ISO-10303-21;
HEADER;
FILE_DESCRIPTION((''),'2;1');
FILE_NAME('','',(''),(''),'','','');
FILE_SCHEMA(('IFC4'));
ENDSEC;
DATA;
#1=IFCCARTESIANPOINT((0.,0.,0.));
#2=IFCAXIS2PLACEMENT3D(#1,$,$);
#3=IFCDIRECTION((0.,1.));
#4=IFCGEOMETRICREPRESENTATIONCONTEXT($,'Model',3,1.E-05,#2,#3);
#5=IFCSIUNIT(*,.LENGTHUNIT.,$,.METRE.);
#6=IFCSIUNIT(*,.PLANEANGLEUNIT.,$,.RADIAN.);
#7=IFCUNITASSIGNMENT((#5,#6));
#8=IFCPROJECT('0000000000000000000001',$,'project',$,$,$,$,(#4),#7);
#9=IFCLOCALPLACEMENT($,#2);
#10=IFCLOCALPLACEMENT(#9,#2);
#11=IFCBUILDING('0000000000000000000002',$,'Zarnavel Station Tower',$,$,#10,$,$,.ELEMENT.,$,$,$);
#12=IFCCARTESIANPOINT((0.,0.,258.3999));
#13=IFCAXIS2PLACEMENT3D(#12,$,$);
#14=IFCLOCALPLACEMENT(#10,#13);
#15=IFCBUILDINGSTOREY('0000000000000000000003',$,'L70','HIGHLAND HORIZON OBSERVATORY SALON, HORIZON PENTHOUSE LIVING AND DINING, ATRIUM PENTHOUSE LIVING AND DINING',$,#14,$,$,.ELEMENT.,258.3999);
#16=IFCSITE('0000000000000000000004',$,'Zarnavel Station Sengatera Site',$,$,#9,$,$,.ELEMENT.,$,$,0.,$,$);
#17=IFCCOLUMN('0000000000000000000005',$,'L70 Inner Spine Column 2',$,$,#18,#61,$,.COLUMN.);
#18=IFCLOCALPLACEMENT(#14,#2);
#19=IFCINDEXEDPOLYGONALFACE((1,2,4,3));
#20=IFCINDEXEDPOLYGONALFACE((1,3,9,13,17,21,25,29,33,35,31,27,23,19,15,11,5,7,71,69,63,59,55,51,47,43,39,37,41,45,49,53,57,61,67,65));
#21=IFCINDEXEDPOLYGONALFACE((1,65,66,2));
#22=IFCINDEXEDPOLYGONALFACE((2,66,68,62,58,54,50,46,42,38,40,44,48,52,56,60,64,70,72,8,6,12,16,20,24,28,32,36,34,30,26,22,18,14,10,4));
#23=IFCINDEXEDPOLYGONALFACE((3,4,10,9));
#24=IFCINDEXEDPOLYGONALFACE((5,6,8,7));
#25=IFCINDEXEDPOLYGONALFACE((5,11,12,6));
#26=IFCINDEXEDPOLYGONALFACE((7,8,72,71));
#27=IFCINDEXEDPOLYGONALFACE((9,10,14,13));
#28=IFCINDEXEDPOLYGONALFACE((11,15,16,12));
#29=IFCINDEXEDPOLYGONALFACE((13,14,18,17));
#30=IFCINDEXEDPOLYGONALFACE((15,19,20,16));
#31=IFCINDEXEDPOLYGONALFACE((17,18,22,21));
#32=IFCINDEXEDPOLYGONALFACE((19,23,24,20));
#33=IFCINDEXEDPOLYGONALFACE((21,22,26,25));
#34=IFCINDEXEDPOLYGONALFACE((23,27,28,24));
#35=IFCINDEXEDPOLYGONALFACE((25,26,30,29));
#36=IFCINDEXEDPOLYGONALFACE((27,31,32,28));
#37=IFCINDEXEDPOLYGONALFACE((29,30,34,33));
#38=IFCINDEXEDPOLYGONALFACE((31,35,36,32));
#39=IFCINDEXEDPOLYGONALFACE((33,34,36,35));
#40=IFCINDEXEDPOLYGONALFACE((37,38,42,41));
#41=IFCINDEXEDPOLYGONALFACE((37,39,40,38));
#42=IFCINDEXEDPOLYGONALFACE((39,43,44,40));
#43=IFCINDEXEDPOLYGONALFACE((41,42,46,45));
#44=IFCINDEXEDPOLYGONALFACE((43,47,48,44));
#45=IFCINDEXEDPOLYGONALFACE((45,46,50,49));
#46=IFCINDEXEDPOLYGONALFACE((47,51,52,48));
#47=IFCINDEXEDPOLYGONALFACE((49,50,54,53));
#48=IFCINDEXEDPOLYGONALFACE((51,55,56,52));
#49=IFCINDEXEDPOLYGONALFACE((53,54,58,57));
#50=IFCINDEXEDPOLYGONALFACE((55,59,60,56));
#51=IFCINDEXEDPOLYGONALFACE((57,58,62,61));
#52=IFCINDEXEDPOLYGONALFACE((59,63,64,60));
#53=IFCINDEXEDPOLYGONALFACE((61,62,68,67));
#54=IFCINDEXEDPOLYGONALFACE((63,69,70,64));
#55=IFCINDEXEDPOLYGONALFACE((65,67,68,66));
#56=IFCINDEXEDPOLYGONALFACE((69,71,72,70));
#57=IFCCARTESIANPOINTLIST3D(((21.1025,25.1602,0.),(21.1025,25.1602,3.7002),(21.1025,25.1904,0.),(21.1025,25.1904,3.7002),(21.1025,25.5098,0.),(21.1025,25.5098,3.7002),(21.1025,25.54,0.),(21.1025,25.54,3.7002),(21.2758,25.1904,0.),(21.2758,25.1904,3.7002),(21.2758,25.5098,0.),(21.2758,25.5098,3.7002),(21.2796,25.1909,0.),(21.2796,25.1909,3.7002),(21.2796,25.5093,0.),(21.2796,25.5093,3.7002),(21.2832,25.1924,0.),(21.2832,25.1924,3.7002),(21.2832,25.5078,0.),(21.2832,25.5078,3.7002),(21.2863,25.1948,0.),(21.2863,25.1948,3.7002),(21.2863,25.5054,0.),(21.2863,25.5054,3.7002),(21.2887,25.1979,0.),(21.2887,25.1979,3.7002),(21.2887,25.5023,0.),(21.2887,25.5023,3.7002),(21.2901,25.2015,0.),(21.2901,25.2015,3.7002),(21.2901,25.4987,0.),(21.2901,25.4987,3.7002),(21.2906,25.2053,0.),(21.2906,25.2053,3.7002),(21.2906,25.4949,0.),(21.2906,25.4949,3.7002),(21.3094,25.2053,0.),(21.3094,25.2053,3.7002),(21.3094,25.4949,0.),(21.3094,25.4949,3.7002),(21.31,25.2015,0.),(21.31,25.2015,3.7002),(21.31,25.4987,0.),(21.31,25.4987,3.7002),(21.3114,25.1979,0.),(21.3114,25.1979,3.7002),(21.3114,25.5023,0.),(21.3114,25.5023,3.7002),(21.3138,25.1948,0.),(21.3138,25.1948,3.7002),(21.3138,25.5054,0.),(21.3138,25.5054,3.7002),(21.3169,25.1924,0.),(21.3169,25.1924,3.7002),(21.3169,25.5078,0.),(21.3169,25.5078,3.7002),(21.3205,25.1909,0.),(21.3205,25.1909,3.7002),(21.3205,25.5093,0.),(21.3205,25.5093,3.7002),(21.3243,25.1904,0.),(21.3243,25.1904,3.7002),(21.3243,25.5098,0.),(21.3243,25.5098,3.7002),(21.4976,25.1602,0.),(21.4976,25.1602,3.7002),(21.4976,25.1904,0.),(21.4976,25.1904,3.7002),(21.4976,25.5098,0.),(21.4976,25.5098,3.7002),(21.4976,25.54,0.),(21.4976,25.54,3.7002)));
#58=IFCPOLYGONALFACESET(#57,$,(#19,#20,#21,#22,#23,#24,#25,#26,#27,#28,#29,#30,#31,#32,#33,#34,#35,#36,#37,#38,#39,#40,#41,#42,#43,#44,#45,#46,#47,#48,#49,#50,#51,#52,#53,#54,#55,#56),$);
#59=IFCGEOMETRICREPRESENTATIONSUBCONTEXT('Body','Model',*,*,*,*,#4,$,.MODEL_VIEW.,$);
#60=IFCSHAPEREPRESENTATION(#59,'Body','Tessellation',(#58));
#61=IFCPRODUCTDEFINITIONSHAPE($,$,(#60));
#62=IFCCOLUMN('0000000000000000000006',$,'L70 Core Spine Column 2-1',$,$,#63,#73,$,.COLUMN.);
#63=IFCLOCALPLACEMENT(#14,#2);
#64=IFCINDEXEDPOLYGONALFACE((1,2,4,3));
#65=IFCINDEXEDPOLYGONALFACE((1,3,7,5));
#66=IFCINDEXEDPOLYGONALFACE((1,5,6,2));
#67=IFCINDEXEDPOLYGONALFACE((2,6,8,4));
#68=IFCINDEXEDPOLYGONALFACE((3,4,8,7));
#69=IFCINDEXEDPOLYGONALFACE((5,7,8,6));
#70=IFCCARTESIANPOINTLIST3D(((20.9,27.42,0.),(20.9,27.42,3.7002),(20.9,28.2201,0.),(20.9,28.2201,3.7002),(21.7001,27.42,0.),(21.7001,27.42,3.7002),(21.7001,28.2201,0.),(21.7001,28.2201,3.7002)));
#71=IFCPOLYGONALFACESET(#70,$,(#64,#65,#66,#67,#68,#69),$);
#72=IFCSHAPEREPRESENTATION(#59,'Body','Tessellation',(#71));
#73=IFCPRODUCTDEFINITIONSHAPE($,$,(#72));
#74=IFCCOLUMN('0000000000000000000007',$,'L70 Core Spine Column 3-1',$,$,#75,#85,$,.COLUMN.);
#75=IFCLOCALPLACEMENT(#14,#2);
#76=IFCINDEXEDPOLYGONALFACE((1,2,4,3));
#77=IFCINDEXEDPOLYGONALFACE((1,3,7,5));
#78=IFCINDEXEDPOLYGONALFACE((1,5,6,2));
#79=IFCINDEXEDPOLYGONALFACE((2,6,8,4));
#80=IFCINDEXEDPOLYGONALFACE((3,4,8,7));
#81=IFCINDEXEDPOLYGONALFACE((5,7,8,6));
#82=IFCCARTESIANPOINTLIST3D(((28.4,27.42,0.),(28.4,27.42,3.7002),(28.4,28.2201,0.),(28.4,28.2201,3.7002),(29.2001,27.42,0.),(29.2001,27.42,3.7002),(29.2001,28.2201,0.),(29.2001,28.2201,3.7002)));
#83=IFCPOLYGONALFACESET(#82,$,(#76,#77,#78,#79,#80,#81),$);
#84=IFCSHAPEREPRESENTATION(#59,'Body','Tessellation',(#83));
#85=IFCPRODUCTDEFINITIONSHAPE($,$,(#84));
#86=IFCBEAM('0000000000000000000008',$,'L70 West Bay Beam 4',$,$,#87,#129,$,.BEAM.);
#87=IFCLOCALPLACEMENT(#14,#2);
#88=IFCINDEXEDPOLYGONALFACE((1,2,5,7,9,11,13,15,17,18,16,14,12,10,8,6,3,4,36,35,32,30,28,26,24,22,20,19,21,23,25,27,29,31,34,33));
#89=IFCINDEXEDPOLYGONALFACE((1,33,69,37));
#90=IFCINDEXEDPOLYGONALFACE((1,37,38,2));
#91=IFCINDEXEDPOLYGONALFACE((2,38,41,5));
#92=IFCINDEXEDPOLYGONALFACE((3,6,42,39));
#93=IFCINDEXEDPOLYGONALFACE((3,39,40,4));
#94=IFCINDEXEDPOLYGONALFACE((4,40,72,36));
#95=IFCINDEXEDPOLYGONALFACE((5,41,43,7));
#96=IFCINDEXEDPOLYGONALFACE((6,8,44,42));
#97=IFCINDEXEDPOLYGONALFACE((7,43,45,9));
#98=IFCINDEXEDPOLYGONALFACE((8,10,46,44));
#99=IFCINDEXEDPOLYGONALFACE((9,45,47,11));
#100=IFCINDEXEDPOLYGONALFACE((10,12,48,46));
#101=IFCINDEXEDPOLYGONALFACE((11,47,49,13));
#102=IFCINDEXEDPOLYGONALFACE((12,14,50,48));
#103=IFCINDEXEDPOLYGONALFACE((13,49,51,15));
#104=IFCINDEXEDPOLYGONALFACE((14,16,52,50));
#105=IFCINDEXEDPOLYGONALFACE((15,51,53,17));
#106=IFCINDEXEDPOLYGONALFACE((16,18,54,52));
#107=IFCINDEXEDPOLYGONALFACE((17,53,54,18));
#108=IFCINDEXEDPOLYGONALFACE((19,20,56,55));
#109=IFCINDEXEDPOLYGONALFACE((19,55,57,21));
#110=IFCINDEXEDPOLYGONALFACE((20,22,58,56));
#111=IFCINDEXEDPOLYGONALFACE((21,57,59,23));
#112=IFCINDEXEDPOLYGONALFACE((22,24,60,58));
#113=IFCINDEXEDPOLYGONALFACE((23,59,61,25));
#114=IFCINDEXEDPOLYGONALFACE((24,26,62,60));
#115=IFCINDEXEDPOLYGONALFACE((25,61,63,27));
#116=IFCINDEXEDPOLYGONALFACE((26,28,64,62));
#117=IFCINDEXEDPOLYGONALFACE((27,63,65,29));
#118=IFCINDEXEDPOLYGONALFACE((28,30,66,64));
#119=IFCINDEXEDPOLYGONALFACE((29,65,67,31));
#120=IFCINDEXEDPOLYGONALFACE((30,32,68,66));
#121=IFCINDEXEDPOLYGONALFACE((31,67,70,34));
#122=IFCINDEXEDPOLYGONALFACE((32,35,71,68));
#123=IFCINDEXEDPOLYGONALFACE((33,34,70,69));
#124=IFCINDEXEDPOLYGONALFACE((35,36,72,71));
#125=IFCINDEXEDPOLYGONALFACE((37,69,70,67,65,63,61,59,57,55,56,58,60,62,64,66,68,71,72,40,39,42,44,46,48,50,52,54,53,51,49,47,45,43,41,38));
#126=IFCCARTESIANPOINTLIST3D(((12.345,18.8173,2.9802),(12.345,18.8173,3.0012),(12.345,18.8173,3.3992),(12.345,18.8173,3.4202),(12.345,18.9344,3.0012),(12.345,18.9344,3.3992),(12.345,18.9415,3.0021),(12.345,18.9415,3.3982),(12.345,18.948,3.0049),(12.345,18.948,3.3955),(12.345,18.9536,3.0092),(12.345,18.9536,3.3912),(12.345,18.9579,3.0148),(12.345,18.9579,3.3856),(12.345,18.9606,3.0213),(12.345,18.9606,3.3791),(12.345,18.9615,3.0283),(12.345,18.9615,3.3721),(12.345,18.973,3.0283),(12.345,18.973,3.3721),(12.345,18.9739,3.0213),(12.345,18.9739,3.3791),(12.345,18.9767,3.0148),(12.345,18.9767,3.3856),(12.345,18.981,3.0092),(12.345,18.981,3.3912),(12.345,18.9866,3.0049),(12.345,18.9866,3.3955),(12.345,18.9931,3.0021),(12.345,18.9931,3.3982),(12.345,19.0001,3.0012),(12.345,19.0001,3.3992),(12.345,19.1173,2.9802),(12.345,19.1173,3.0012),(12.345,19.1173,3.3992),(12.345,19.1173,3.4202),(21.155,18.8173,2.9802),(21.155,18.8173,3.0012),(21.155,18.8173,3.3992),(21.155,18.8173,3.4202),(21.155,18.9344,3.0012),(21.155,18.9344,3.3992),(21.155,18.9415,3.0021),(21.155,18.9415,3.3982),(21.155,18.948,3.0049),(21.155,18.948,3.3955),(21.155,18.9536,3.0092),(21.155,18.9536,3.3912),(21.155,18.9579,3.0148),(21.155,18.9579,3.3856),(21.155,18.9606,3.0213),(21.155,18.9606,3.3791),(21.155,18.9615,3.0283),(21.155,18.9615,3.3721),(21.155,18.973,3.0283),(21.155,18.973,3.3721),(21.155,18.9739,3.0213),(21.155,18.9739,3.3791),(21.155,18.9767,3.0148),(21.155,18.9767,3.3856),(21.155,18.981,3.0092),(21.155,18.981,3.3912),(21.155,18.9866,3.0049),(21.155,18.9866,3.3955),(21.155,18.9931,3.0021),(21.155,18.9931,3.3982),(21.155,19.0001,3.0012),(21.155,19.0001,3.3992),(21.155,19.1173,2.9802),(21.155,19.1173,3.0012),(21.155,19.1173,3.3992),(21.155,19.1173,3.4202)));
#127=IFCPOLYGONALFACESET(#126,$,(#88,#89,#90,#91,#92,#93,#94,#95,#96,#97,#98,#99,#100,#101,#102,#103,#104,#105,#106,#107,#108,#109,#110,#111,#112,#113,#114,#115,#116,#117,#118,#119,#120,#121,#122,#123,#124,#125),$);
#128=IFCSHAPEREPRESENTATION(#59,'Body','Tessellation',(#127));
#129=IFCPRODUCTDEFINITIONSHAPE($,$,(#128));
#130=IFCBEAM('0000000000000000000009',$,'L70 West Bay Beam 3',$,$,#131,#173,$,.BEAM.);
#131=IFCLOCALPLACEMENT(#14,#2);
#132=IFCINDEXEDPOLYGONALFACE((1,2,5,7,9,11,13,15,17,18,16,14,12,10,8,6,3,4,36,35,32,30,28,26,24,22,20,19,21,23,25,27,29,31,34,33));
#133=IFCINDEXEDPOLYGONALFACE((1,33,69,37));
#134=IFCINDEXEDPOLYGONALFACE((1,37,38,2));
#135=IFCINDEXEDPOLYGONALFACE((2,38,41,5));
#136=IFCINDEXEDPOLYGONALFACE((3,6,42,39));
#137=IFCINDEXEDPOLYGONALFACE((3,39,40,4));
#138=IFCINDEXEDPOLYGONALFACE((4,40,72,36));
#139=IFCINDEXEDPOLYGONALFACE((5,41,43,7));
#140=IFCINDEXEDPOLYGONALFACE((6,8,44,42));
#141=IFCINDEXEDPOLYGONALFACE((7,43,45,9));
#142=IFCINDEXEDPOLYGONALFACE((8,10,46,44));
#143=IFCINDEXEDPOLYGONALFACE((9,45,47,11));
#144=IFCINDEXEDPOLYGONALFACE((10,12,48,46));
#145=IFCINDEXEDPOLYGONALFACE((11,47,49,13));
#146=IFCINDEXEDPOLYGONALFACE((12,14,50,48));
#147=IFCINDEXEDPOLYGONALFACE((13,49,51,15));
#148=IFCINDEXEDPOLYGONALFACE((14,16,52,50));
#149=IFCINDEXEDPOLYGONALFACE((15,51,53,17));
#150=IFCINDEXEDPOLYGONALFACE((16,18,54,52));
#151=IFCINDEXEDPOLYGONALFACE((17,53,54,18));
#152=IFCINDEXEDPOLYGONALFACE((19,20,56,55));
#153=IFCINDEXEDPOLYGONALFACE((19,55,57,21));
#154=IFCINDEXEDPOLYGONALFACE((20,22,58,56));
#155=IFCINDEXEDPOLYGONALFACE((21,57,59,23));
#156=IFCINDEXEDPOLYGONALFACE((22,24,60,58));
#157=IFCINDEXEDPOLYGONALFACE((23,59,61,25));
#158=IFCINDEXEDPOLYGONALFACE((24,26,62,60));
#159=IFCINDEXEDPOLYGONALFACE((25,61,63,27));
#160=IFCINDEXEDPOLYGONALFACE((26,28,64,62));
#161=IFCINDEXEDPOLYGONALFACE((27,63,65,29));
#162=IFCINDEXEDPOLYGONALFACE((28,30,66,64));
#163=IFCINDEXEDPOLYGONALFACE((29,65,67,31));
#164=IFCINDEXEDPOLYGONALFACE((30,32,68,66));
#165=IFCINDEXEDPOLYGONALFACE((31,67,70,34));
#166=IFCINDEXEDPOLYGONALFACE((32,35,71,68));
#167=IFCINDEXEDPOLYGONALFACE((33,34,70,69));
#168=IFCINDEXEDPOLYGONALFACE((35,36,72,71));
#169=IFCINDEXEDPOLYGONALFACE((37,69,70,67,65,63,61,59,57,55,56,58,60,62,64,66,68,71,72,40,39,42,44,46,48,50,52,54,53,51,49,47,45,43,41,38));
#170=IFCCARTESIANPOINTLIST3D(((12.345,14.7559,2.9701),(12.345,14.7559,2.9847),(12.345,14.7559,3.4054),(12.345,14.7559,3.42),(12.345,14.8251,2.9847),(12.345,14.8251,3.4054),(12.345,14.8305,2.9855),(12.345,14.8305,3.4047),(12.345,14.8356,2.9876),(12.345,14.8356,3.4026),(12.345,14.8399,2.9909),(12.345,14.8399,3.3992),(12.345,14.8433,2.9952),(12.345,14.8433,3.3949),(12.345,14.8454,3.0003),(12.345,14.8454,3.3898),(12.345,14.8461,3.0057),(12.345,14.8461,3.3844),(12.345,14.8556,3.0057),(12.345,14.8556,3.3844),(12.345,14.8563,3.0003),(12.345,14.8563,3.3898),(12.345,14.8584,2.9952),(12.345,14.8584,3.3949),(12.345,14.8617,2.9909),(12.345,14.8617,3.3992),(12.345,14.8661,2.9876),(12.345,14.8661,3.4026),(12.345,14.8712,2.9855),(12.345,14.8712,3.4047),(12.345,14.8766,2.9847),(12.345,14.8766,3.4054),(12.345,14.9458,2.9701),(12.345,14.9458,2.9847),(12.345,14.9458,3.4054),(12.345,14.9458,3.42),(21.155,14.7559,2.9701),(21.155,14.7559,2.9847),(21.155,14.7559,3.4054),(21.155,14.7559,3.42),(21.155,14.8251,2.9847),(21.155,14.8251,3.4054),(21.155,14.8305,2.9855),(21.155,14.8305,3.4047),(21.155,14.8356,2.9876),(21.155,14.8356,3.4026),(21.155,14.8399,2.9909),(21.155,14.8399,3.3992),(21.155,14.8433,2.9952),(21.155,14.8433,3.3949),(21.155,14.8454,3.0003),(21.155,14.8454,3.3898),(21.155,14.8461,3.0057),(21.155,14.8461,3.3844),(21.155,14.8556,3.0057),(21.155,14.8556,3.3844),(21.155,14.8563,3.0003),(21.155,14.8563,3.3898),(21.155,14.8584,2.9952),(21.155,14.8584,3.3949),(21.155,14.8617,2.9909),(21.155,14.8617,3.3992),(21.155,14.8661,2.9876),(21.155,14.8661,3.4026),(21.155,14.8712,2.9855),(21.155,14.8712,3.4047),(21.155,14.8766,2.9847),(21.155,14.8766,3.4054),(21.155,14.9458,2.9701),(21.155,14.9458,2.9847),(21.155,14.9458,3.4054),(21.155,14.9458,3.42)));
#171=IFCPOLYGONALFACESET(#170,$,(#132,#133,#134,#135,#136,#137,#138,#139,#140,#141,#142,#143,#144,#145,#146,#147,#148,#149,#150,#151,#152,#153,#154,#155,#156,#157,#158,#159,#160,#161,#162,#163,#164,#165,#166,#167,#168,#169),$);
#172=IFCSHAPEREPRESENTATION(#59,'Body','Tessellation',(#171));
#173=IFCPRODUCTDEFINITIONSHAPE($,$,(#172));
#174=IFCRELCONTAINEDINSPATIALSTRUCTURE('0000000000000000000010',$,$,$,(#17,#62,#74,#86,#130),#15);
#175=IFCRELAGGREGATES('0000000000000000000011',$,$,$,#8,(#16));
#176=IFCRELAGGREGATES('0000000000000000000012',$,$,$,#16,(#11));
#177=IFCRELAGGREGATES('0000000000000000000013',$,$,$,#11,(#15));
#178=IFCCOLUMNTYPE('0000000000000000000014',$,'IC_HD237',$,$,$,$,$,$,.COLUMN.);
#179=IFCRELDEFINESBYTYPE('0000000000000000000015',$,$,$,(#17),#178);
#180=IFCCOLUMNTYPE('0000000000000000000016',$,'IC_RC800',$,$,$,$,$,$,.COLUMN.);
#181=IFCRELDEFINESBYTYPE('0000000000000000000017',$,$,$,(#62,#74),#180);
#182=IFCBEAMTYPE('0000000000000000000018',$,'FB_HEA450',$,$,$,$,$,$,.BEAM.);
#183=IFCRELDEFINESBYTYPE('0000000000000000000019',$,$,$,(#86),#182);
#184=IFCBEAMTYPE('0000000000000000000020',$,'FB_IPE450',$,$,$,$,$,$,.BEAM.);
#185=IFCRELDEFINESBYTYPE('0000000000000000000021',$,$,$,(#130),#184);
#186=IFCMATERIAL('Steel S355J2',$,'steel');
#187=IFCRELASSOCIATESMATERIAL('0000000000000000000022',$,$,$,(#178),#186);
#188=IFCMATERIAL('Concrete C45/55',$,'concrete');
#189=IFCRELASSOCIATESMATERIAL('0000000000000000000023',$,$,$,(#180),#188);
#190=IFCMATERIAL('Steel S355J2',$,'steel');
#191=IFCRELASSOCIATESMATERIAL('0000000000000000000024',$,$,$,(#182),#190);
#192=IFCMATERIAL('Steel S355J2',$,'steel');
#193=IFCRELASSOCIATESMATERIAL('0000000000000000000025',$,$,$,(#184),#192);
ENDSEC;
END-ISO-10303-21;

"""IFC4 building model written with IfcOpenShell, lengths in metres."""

from ifc_helpers import new_model, si_unit, direction, frame, origin, origin_2d, place, context, subcontext, project, spatial, rectangle, i_section, extrude, material, material_profile, profile_set, type_object, element, save


model = new_model("IFC4")

# Units and contexts
model_context = context("Model", 3, precision=1e-05, world=origin(), true_north=direction((0.0, 1.0)))
body_context = subcontext(model_context, "Body", "Model", "MODEL_VIEW")
ifc_project = project(units=[si_unit("LENGTHUNIT", "METRE"), si_unit("PLANEANGLEUNIT", "RADIAN")], contexts=[model_context])

# Site, building, storey
site_placement = place(None, origin())
site = spatial("IfcSite", under=ifc_project, at=site_placement, Name="Zarnavel Station Sengatera Site", CompositionType="ELEMENT", RefElevation=0.0)
building_placement = place(site_placement, origin())
building = spatial("IfcBuilding", under=site, at=building_placement, Name="Zarnavel Station Tower", CompositionType="ELEMENT")
storey_placement = place(building_placement, frame((0.0, 0.0, 258.3999)))
storey = spatial("IfcBuildingStorey", under=building, at=storey_placement, Name="L70", Description="HIGHLAND HORIZON OBSERVATORY SALON, HORIZON PENTHOUSE LIVING AND DINING, ATRIUM PENTHOUSE LIVING AND DINING", CompositionType="ELEMENT", Elevation=258.3999)

# Columns
ifc_material_1 = material(Name="Steel S355J2", Category="steel")
ifc_material_profile_1 = material_profile(ifc_material_1, i_section(OverallWidth=0.395, OverallDepth=0.3799, WebThickness=0.0188, FlangeThickness=0.0303, FilletRadius=0.0149, at=origin_2d()), Name="HD400x237")
ifc_profile_set_1 = profile_set([ifc_material_profile_1], Name="Steel S355J2")
column_type_1 = type_object("IfcColumnType", Name="IC_HD237", PredefinedType="COLUMN", material=ifc_profile_set_1)
column_placement = place(storey_placement, frame((21.3, 25.3501, 0.0), z_axis=(0.0, 0.0, 1.0), x_axis=(1.0, 0.0, 0.0)))
element("IfcColumn", 1, at=column_placement, inside=storey, type_object=column_type_1, Name="L70 Inner Spine Column 2", PredefinedType="COLUMN", context=body_context, shape_type="SweptSolid", body=[
    extrude(i_section(OverallWidth=0.395, OverallDepth=0.3799, WebThickness=0.0188, FlangeThickness=0.0303, FilletRadius=0.0149, at=origin_2d()), origin(), (0.0, 0.0, 1.0), 3.7002),
])
ifc_material_2 = material(Name="Concrete C45/55", Category="concrete")
ifc_material_profile_2 = material_profile(ifc_material_2, rectangle(XDim=0.8, YDim=0.8, at=origin_2d()), Name="RC800x800")
ifc_profile_set_2 = profile_set([ifc_material_profile_2], Name="Concrete C45/55")
column_type_2 = type_object("IfcColumnType", Name="IC_RC800", PredefinedType="COLUMN", material=ifc_profile_set_2)
for number, where, z_axis, x_axis, name in (
    (2, (21.3, 27.8201, 0.0), (0.0, 0.0, 1.0), (1.0, 0.0, 0.0), "L70 Core Spine Column 2-1"),
    (3, (28.8, 27.8201, 0.0), (0.0, 0.0, 1.0), (1.0, 0.0, 0.0), "L70 Core Spine Column 3-1"),
):
    element("IfcColumn", number, at=place(storey_placement, frame(where, z_axis=z_axis, x_axis=x_axis)), inside=storey, type_object=column_type_2, Name=name, PredefinedType="COLUMN", context=body_context, shape_type="SweptSolid", body=[
        extrude(rectangle(XDim=0.8, YDim=0.8, at=origin_2d()), origin(), (0.0, 0.0, 1.0), 3.7002),
    ])

# Beams
ifc_material_3 = material(Name="Steel S355J2", Category="steel")
ifc_material_profile_3 = material_profile(ifc_material_3, i_section(OverallWidth=0.3, OverallDepth=0.4399, WebThickness=0.0115, FlangeThickness=0.021, FilletRadius=0.0271, at=origin_2d()), Name="HEA450")
ifc_profile_set_3 = profile_set([ifc_material_profile_3], Name="Steel S355J2")
beam_type_1 = type_object("IfcBeamType", Name="FB_HEA450", PredefinedType="BEAM", material=ifc_profile_set_3)
beam_1_placement = place(storey_placement, frame((12.345, 18.9673, 3.2002), z_axis=(1.0, 0.0, 0.0), x_axis=(0.0, 1.0, 0.0)))
element("IfcBeam", 4, at=beam_1_placement, inside=storey, type_object=beam_type_1, Name="L70 West Bay Beam 4", PredefinedType="BEAM", context=body_context, shape_type="SweptSolid", body=[
    extrude(i_section(OverallWidth=0.3, OverallDepth=0.4399, WebThickness=0.0115, FlangeThickness=0.021, FilletRadius=0.0271, at=origin_2d()), origin(), (0.0, 0.0, 1.0), 8.8101),
])
ifc_material_4 = material(Name="Steel S355J2", Category="steel")
ifc_material_profile_4 = material_profile(ifc_material_4, i_section(OverallWidth=0.1899, OverallDepth=0.45, WebThickness=0.0095, FlangeThickness=0.0146, FilletRadius=0.021, at=origin_2d()), Name="IPE450")
ifc_profile_set_4 = profile_set([ifc_material_profile_4], Name="Steel S355J2")
beam_type_2 = type_object("IfcBeamType", Name="FB_IPE450", PredefinedType="BEAM", material=ifc_profile_set_4)
for number, where, z_axis, x_axis, name in (
    (5, (12.345, 14.8508, 3.1951), (1.0, 0.0, 0.0), (0.0, 1.0, 0.0), "L70 West Bay Beam 3"),
):
    element("IfcBeam", number, at=place(storey_placement, frame(where, z_axis=z_axis, x_axis=x_axis)), inside=storey, type_object=beam_type_2, Name=name, PredefinedType="BEAM", context=body_context, shape_type="SweptSolid", body=[
        extrude(i_section(OverallWidth=0.1899, OverallDepth=0.45, WebThickness=0.0095, FlangeThickness=0.0146, FilletRadius=0.021, at=origin_2d()), origin(), (0.0, 0.0, 1.0), 8.8101),
    ])

save(model, "model.ifc")
